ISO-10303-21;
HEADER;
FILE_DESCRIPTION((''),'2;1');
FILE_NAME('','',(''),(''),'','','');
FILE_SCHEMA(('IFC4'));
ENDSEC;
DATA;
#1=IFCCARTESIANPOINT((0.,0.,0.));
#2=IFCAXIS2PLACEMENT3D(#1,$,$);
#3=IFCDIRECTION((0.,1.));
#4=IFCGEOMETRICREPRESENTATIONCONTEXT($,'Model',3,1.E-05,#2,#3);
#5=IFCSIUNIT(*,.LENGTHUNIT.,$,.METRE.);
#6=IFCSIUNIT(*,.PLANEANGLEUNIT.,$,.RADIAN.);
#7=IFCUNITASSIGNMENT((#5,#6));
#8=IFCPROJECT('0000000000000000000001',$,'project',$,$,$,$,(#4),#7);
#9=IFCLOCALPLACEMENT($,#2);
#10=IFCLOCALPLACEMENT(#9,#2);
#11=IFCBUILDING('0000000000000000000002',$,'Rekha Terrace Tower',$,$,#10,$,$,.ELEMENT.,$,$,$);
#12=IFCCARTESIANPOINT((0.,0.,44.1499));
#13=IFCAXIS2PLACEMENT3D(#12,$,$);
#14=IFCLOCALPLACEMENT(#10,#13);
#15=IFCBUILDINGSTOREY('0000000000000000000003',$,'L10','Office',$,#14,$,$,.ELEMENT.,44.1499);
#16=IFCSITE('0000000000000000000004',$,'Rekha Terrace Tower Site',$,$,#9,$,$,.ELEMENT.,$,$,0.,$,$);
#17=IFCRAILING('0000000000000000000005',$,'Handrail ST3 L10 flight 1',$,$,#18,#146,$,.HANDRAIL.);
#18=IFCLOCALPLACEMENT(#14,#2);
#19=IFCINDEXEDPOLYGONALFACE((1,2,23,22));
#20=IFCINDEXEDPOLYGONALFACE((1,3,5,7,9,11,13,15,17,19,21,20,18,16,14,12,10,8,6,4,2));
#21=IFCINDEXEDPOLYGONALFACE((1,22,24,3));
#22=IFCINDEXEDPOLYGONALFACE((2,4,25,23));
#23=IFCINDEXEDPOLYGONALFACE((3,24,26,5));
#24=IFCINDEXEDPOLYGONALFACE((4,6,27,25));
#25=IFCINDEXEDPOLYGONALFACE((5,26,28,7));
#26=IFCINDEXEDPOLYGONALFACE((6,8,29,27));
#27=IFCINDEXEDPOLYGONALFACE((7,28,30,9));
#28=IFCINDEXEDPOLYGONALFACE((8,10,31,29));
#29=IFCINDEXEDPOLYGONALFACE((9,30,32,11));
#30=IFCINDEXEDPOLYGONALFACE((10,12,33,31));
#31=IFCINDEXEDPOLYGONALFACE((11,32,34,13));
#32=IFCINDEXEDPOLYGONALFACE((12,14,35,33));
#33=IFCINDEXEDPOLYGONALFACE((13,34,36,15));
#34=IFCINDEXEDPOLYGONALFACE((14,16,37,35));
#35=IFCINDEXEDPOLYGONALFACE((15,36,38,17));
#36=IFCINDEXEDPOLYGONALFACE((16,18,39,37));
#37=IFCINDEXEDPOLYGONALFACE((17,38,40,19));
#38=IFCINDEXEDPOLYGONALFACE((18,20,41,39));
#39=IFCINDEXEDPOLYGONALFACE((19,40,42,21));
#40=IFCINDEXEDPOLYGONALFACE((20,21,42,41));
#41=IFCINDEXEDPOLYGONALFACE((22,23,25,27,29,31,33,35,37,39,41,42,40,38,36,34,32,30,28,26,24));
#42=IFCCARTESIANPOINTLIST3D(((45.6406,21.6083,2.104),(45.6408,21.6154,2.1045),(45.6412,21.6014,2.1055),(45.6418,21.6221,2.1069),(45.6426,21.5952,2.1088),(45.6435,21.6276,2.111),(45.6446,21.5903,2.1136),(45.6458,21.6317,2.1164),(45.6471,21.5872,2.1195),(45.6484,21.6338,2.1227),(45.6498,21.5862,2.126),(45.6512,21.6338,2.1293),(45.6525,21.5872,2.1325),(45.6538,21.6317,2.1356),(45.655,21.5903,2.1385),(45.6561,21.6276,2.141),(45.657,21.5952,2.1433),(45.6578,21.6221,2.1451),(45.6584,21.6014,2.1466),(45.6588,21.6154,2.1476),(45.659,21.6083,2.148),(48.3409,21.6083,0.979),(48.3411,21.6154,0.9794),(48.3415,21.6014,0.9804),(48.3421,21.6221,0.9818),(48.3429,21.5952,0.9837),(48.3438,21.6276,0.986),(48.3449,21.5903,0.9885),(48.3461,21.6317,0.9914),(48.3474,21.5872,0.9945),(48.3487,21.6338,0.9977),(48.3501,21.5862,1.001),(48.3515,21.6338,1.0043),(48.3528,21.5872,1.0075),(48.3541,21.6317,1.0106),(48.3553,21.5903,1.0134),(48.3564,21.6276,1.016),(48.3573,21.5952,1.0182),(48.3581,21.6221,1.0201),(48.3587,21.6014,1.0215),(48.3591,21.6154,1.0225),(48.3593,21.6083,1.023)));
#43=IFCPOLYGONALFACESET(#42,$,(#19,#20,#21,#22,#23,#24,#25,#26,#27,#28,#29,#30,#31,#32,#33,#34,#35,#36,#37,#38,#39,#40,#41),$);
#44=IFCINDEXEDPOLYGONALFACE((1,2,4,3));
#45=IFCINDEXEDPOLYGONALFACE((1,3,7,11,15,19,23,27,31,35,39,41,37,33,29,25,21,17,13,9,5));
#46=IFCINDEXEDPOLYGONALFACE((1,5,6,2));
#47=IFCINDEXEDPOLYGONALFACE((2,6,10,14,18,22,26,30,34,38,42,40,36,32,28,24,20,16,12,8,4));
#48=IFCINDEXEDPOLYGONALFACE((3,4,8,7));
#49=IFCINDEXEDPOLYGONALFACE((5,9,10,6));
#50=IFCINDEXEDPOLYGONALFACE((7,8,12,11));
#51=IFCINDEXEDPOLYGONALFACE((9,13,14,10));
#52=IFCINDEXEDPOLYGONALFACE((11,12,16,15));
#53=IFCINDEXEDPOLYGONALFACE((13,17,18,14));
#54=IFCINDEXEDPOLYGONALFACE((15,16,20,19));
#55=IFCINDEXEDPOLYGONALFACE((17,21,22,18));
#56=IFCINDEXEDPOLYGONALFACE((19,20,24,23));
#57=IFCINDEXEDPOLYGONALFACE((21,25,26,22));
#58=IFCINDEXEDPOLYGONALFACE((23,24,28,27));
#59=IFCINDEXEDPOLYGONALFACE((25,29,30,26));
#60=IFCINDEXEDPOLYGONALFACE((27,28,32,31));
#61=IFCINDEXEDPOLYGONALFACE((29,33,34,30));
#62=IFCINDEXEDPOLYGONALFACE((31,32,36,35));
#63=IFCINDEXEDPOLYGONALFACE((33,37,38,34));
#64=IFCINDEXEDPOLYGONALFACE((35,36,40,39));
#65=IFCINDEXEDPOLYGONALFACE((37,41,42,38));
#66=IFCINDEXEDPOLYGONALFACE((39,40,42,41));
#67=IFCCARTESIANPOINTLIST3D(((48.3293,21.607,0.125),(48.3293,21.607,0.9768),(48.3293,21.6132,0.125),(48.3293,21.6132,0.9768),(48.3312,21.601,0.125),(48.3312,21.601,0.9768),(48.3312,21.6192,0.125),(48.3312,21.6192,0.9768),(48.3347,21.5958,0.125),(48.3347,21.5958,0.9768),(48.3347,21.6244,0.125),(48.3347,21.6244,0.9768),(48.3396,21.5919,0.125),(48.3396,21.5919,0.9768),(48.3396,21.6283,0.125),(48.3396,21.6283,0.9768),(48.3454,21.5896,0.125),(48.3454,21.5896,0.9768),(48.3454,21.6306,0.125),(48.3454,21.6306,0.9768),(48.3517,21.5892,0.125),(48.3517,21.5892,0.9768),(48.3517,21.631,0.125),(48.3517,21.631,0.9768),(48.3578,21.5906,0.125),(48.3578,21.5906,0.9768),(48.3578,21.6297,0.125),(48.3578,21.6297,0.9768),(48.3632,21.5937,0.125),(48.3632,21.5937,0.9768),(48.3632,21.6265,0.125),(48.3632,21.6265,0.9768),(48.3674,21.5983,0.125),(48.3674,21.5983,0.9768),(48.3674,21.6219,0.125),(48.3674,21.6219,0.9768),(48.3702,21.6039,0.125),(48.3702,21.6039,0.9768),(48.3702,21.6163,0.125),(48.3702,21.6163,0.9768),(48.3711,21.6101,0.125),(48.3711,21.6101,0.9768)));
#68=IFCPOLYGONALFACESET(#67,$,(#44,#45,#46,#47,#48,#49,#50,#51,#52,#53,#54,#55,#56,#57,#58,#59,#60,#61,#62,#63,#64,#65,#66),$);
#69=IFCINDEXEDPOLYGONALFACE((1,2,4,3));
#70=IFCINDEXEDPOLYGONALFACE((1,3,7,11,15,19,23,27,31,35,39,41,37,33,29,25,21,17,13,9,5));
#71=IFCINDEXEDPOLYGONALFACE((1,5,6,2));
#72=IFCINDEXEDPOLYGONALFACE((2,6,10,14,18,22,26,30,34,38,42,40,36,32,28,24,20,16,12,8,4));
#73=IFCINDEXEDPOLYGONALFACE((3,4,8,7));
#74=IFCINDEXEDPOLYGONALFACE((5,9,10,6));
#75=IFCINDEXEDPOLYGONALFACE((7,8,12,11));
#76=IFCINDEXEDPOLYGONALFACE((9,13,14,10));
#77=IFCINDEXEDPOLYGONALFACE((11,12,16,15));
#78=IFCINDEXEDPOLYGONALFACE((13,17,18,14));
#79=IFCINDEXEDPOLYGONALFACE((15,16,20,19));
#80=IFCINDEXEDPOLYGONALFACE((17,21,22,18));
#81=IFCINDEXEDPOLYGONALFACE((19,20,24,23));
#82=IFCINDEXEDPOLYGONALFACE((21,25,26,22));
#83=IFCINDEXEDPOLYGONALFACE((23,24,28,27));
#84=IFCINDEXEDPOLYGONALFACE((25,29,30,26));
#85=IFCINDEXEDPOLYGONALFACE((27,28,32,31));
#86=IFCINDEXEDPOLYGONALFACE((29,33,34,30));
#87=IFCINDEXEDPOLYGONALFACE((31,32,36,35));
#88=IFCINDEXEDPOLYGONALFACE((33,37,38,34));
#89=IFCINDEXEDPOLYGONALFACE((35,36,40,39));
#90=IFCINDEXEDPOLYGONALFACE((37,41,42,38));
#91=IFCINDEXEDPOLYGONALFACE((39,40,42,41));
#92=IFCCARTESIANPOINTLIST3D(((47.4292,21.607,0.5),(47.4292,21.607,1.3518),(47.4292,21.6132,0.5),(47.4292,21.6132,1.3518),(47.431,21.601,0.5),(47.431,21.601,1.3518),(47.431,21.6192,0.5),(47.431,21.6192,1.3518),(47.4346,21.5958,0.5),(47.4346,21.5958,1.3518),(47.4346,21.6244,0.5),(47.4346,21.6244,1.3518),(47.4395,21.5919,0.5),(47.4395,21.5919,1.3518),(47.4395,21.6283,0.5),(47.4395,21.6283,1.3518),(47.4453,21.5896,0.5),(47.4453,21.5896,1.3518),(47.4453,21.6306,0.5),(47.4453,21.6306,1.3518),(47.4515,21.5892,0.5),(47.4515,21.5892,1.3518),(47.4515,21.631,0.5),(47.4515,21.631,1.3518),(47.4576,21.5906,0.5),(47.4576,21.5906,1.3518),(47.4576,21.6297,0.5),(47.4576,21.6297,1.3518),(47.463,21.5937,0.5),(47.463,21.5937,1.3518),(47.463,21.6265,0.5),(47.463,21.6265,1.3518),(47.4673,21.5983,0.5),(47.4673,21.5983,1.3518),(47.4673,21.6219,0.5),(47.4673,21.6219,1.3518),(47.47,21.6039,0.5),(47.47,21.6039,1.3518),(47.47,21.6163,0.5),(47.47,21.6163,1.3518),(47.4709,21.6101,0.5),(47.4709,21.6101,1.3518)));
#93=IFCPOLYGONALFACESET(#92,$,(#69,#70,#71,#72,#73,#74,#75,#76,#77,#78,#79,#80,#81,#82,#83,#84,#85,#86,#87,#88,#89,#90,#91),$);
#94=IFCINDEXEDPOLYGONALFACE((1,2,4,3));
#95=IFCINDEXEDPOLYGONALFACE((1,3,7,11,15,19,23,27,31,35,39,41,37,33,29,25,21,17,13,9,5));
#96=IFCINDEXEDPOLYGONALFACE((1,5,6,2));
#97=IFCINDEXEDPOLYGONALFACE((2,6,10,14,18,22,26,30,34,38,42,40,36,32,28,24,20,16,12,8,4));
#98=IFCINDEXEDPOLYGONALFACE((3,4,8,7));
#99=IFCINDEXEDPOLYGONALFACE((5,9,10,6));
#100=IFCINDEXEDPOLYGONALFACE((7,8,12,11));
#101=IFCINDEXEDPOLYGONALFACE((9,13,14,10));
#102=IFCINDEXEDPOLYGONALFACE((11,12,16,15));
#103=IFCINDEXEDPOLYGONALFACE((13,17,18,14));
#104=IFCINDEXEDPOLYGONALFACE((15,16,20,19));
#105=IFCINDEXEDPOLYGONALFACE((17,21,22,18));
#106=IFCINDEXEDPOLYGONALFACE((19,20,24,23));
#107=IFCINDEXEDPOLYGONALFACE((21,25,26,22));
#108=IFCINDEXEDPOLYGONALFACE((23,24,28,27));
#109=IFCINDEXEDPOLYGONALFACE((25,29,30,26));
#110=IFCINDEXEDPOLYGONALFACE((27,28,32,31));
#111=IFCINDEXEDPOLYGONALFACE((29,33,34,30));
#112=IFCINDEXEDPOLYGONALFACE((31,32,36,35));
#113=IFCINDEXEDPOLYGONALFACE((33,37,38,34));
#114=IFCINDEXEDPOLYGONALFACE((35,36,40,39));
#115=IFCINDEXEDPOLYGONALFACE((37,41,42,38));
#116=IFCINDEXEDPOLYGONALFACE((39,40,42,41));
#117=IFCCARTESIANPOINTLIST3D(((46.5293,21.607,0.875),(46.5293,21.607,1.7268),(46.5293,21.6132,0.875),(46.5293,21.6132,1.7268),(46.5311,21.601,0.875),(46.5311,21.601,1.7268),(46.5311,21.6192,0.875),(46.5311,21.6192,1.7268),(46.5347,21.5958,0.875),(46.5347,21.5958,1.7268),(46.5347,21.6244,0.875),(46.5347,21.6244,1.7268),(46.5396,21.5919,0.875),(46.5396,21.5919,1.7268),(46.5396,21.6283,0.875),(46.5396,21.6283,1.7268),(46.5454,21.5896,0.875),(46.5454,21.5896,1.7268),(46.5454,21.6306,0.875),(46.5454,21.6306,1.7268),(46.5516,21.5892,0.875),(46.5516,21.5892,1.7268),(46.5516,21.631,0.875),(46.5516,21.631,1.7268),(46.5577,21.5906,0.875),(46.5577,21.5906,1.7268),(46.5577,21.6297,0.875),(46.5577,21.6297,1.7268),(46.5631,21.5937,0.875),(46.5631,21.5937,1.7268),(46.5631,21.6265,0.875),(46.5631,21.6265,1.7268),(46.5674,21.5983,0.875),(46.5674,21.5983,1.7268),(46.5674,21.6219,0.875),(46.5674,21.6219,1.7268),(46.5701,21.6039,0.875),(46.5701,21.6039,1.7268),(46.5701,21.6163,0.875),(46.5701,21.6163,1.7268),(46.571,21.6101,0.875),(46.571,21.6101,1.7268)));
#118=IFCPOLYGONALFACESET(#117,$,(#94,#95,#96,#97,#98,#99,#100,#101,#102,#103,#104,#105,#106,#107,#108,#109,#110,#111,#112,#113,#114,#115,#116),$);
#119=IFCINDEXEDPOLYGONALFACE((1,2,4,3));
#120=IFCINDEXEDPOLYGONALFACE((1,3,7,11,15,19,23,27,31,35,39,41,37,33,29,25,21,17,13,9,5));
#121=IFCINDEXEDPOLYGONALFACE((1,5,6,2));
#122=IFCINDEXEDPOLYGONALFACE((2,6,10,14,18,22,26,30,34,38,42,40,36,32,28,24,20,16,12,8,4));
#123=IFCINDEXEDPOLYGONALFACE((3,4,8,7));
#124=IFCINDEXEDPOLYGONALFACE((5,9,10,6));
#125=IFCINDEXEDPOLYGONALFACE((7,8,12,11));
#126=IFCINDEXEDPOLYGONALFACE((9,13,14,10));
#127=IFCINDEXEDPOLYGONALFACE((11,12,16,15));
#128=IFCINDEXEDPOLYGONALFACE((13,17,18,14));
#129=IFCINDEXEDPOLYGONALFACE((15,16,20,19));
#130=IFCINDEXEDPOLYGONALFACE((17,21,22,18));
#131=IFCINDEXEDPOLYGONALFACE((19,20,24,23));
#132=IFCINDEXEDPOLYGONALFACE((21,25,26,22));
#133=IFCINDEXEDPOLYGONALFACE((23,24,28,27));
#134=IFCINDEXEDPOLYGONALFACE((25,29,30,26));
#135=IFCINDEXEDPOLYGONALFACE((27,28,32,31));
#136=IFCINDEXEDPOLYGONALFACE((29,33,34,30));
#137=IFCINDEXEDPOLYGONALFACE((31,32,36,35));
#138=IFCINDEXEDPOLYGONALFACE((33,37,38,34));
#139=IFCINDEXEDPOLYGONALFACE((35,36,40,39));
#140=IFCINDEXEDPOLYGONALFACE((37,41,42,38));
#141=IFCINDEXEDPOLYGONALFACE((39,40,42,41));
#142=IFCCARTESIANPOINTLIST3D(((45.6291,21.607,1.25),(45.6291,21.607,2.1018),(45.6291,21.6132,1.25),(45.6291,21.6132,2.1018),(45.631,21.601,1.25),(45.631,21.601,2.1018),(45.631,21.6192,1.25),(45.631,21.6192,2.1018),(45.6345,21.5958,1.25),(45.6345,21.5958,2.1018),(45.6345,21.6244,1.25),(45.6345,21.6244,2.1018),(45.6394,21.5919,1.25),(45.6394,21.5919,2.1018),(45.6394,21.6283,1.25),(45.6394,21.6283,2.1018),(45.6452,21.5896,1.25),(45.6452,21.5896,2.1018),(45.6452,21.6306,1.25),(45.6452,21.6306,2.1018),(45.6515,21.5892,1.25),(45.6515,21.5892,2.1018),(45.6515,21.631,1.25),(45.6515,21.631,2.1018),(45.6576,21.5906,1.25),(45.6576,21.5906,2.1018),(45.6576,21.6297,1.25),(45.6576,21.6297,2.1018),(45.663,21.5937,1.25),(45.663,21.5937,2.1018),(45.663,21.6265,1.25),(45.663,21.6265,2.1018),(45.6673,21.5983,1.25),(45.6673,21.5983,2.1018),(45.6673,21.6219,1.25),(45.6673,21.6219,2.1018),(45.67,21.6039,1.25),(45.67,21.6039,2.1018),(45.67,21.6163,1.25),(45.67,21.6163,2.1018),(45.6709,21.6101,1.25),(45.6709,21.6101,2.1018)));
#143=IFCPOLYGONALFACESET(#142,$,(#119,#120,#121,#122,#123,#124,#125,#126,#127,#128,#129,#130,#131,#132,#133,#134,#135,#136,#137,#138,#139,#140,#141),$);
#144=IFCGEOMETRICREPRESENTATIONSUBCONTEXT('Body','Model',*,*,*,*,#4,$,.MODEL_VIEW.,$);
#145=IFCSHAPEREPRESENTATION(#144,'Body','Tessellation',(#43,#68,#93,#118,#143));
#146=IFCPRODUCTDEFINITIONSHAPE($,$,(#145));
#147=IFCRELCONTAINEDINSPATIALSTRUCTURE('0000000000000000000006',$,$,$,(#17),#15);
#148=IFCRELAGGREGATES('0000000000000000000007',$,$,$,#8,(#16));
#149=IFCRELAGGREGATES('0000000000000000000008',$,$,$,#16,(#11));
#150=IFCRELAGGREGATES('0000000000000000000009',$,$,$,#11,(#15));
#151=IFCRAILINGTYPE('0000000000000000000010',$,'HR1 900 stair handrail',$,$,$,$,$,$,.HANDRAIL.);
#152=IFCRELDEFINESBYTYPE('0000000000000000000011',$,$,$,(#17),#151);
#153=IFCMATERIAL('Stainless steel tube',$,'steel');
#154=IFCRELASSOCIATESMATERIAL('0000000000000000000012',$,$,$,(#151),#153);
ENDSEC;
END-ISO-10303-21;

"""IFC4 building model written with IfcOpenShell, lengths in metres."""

from ifc_helpers import new_model, si_unit, direction, frame, origin, origin_2d, place, context, subcontext, project, spatial, circle, extrude, material, type_object, element, save


model = new_model("IFC4")

# Units and contexts
model_context = context("Model", 3, precision=1e-05, world=origin(), true_north=direction((0.0, 1.0)))
body_context = subcontext(model_context, "Body", "Model", "MODEL_VIEW")
ifc_project = project(units=[si_unit("LENGTHUNIT", "METRE"), si_unit("PLANEANGLEUNIT", "RADIAN")], contexts=[model_context])

# Site, building, storey
site_placement = place(None, origin())
site = spatial("IfcSite", under=ifc_project, at=site_placement, Name="Rekha Terrace Tower Site", CompositionType="ELEMENT", RefElevation=0.0)
building_placement = place(site_placement, origin())
building = spatial("IfcBuilding", under=site, at=building_placement, Name="Rekha Terrace Tower", CompositionType="ELEMENT")
storey_placement = place(building_placement, frame((0.0, 0.0, 44.1499)))
storey = spatial("IfcBuildingStorey", under=building, at=storey_placement, Name="L10", Description="Office", CompositionType="ELEMENT", Elevation=44.1499)

# Railing
ifc_material_1 = material(Name="Stainless steel tube", Category="steel")
railing_type_1 = type_object("IfcRailingType", Name="HR1 900 stair handrail", PredefinedType="HANDRAIL", material=ifc_material_1)
railing_1_placement = place(storey_placement, frame((48.3501, 21.6101, 0.125)))
element("IfcRailing", 1, at=railing_1_placement, inside=storey, type_object=railing_type_1, Name="Handrail ST3 L10 flight 1", PredefinedType="HANDRAIL", context=body_context, shape_type="SweptSolid", body=[
    extrude(circle(Radius=0.0239, at=origin_2d()), frame((0.0, 0.0, 0.876), z_axis=(-0.923087, 0.0, 0.384592), x_axis=(0.0, -1.0, 0.0)), (0.0, 0.0, 1.0), 2.9253),
    extrude(circle(Radius=0.021, at=origin_2d()), origin(), (0.0, 0.0, 1.0), 0.8518),
    extrude(circle(Radius=0.021, at=origin_2d()), frame((-0.9001, 0.0, 0.375)), (0.0, 0.0, 1.0), 0.8518),
    extrude(circle(Radius=0.021, at=origin_2d()), frame((-1.8, 0.0, 0.75)), (0.0, 0.0, 1.0), 0.8518),
    extrude(circle(Radius=0.021, at=origin_2d()), frame((-2.7002, 0.0, 1.125)), (0.0, 0.0, 1.0), 0.8518),
])

save(model, "model.ifc")
